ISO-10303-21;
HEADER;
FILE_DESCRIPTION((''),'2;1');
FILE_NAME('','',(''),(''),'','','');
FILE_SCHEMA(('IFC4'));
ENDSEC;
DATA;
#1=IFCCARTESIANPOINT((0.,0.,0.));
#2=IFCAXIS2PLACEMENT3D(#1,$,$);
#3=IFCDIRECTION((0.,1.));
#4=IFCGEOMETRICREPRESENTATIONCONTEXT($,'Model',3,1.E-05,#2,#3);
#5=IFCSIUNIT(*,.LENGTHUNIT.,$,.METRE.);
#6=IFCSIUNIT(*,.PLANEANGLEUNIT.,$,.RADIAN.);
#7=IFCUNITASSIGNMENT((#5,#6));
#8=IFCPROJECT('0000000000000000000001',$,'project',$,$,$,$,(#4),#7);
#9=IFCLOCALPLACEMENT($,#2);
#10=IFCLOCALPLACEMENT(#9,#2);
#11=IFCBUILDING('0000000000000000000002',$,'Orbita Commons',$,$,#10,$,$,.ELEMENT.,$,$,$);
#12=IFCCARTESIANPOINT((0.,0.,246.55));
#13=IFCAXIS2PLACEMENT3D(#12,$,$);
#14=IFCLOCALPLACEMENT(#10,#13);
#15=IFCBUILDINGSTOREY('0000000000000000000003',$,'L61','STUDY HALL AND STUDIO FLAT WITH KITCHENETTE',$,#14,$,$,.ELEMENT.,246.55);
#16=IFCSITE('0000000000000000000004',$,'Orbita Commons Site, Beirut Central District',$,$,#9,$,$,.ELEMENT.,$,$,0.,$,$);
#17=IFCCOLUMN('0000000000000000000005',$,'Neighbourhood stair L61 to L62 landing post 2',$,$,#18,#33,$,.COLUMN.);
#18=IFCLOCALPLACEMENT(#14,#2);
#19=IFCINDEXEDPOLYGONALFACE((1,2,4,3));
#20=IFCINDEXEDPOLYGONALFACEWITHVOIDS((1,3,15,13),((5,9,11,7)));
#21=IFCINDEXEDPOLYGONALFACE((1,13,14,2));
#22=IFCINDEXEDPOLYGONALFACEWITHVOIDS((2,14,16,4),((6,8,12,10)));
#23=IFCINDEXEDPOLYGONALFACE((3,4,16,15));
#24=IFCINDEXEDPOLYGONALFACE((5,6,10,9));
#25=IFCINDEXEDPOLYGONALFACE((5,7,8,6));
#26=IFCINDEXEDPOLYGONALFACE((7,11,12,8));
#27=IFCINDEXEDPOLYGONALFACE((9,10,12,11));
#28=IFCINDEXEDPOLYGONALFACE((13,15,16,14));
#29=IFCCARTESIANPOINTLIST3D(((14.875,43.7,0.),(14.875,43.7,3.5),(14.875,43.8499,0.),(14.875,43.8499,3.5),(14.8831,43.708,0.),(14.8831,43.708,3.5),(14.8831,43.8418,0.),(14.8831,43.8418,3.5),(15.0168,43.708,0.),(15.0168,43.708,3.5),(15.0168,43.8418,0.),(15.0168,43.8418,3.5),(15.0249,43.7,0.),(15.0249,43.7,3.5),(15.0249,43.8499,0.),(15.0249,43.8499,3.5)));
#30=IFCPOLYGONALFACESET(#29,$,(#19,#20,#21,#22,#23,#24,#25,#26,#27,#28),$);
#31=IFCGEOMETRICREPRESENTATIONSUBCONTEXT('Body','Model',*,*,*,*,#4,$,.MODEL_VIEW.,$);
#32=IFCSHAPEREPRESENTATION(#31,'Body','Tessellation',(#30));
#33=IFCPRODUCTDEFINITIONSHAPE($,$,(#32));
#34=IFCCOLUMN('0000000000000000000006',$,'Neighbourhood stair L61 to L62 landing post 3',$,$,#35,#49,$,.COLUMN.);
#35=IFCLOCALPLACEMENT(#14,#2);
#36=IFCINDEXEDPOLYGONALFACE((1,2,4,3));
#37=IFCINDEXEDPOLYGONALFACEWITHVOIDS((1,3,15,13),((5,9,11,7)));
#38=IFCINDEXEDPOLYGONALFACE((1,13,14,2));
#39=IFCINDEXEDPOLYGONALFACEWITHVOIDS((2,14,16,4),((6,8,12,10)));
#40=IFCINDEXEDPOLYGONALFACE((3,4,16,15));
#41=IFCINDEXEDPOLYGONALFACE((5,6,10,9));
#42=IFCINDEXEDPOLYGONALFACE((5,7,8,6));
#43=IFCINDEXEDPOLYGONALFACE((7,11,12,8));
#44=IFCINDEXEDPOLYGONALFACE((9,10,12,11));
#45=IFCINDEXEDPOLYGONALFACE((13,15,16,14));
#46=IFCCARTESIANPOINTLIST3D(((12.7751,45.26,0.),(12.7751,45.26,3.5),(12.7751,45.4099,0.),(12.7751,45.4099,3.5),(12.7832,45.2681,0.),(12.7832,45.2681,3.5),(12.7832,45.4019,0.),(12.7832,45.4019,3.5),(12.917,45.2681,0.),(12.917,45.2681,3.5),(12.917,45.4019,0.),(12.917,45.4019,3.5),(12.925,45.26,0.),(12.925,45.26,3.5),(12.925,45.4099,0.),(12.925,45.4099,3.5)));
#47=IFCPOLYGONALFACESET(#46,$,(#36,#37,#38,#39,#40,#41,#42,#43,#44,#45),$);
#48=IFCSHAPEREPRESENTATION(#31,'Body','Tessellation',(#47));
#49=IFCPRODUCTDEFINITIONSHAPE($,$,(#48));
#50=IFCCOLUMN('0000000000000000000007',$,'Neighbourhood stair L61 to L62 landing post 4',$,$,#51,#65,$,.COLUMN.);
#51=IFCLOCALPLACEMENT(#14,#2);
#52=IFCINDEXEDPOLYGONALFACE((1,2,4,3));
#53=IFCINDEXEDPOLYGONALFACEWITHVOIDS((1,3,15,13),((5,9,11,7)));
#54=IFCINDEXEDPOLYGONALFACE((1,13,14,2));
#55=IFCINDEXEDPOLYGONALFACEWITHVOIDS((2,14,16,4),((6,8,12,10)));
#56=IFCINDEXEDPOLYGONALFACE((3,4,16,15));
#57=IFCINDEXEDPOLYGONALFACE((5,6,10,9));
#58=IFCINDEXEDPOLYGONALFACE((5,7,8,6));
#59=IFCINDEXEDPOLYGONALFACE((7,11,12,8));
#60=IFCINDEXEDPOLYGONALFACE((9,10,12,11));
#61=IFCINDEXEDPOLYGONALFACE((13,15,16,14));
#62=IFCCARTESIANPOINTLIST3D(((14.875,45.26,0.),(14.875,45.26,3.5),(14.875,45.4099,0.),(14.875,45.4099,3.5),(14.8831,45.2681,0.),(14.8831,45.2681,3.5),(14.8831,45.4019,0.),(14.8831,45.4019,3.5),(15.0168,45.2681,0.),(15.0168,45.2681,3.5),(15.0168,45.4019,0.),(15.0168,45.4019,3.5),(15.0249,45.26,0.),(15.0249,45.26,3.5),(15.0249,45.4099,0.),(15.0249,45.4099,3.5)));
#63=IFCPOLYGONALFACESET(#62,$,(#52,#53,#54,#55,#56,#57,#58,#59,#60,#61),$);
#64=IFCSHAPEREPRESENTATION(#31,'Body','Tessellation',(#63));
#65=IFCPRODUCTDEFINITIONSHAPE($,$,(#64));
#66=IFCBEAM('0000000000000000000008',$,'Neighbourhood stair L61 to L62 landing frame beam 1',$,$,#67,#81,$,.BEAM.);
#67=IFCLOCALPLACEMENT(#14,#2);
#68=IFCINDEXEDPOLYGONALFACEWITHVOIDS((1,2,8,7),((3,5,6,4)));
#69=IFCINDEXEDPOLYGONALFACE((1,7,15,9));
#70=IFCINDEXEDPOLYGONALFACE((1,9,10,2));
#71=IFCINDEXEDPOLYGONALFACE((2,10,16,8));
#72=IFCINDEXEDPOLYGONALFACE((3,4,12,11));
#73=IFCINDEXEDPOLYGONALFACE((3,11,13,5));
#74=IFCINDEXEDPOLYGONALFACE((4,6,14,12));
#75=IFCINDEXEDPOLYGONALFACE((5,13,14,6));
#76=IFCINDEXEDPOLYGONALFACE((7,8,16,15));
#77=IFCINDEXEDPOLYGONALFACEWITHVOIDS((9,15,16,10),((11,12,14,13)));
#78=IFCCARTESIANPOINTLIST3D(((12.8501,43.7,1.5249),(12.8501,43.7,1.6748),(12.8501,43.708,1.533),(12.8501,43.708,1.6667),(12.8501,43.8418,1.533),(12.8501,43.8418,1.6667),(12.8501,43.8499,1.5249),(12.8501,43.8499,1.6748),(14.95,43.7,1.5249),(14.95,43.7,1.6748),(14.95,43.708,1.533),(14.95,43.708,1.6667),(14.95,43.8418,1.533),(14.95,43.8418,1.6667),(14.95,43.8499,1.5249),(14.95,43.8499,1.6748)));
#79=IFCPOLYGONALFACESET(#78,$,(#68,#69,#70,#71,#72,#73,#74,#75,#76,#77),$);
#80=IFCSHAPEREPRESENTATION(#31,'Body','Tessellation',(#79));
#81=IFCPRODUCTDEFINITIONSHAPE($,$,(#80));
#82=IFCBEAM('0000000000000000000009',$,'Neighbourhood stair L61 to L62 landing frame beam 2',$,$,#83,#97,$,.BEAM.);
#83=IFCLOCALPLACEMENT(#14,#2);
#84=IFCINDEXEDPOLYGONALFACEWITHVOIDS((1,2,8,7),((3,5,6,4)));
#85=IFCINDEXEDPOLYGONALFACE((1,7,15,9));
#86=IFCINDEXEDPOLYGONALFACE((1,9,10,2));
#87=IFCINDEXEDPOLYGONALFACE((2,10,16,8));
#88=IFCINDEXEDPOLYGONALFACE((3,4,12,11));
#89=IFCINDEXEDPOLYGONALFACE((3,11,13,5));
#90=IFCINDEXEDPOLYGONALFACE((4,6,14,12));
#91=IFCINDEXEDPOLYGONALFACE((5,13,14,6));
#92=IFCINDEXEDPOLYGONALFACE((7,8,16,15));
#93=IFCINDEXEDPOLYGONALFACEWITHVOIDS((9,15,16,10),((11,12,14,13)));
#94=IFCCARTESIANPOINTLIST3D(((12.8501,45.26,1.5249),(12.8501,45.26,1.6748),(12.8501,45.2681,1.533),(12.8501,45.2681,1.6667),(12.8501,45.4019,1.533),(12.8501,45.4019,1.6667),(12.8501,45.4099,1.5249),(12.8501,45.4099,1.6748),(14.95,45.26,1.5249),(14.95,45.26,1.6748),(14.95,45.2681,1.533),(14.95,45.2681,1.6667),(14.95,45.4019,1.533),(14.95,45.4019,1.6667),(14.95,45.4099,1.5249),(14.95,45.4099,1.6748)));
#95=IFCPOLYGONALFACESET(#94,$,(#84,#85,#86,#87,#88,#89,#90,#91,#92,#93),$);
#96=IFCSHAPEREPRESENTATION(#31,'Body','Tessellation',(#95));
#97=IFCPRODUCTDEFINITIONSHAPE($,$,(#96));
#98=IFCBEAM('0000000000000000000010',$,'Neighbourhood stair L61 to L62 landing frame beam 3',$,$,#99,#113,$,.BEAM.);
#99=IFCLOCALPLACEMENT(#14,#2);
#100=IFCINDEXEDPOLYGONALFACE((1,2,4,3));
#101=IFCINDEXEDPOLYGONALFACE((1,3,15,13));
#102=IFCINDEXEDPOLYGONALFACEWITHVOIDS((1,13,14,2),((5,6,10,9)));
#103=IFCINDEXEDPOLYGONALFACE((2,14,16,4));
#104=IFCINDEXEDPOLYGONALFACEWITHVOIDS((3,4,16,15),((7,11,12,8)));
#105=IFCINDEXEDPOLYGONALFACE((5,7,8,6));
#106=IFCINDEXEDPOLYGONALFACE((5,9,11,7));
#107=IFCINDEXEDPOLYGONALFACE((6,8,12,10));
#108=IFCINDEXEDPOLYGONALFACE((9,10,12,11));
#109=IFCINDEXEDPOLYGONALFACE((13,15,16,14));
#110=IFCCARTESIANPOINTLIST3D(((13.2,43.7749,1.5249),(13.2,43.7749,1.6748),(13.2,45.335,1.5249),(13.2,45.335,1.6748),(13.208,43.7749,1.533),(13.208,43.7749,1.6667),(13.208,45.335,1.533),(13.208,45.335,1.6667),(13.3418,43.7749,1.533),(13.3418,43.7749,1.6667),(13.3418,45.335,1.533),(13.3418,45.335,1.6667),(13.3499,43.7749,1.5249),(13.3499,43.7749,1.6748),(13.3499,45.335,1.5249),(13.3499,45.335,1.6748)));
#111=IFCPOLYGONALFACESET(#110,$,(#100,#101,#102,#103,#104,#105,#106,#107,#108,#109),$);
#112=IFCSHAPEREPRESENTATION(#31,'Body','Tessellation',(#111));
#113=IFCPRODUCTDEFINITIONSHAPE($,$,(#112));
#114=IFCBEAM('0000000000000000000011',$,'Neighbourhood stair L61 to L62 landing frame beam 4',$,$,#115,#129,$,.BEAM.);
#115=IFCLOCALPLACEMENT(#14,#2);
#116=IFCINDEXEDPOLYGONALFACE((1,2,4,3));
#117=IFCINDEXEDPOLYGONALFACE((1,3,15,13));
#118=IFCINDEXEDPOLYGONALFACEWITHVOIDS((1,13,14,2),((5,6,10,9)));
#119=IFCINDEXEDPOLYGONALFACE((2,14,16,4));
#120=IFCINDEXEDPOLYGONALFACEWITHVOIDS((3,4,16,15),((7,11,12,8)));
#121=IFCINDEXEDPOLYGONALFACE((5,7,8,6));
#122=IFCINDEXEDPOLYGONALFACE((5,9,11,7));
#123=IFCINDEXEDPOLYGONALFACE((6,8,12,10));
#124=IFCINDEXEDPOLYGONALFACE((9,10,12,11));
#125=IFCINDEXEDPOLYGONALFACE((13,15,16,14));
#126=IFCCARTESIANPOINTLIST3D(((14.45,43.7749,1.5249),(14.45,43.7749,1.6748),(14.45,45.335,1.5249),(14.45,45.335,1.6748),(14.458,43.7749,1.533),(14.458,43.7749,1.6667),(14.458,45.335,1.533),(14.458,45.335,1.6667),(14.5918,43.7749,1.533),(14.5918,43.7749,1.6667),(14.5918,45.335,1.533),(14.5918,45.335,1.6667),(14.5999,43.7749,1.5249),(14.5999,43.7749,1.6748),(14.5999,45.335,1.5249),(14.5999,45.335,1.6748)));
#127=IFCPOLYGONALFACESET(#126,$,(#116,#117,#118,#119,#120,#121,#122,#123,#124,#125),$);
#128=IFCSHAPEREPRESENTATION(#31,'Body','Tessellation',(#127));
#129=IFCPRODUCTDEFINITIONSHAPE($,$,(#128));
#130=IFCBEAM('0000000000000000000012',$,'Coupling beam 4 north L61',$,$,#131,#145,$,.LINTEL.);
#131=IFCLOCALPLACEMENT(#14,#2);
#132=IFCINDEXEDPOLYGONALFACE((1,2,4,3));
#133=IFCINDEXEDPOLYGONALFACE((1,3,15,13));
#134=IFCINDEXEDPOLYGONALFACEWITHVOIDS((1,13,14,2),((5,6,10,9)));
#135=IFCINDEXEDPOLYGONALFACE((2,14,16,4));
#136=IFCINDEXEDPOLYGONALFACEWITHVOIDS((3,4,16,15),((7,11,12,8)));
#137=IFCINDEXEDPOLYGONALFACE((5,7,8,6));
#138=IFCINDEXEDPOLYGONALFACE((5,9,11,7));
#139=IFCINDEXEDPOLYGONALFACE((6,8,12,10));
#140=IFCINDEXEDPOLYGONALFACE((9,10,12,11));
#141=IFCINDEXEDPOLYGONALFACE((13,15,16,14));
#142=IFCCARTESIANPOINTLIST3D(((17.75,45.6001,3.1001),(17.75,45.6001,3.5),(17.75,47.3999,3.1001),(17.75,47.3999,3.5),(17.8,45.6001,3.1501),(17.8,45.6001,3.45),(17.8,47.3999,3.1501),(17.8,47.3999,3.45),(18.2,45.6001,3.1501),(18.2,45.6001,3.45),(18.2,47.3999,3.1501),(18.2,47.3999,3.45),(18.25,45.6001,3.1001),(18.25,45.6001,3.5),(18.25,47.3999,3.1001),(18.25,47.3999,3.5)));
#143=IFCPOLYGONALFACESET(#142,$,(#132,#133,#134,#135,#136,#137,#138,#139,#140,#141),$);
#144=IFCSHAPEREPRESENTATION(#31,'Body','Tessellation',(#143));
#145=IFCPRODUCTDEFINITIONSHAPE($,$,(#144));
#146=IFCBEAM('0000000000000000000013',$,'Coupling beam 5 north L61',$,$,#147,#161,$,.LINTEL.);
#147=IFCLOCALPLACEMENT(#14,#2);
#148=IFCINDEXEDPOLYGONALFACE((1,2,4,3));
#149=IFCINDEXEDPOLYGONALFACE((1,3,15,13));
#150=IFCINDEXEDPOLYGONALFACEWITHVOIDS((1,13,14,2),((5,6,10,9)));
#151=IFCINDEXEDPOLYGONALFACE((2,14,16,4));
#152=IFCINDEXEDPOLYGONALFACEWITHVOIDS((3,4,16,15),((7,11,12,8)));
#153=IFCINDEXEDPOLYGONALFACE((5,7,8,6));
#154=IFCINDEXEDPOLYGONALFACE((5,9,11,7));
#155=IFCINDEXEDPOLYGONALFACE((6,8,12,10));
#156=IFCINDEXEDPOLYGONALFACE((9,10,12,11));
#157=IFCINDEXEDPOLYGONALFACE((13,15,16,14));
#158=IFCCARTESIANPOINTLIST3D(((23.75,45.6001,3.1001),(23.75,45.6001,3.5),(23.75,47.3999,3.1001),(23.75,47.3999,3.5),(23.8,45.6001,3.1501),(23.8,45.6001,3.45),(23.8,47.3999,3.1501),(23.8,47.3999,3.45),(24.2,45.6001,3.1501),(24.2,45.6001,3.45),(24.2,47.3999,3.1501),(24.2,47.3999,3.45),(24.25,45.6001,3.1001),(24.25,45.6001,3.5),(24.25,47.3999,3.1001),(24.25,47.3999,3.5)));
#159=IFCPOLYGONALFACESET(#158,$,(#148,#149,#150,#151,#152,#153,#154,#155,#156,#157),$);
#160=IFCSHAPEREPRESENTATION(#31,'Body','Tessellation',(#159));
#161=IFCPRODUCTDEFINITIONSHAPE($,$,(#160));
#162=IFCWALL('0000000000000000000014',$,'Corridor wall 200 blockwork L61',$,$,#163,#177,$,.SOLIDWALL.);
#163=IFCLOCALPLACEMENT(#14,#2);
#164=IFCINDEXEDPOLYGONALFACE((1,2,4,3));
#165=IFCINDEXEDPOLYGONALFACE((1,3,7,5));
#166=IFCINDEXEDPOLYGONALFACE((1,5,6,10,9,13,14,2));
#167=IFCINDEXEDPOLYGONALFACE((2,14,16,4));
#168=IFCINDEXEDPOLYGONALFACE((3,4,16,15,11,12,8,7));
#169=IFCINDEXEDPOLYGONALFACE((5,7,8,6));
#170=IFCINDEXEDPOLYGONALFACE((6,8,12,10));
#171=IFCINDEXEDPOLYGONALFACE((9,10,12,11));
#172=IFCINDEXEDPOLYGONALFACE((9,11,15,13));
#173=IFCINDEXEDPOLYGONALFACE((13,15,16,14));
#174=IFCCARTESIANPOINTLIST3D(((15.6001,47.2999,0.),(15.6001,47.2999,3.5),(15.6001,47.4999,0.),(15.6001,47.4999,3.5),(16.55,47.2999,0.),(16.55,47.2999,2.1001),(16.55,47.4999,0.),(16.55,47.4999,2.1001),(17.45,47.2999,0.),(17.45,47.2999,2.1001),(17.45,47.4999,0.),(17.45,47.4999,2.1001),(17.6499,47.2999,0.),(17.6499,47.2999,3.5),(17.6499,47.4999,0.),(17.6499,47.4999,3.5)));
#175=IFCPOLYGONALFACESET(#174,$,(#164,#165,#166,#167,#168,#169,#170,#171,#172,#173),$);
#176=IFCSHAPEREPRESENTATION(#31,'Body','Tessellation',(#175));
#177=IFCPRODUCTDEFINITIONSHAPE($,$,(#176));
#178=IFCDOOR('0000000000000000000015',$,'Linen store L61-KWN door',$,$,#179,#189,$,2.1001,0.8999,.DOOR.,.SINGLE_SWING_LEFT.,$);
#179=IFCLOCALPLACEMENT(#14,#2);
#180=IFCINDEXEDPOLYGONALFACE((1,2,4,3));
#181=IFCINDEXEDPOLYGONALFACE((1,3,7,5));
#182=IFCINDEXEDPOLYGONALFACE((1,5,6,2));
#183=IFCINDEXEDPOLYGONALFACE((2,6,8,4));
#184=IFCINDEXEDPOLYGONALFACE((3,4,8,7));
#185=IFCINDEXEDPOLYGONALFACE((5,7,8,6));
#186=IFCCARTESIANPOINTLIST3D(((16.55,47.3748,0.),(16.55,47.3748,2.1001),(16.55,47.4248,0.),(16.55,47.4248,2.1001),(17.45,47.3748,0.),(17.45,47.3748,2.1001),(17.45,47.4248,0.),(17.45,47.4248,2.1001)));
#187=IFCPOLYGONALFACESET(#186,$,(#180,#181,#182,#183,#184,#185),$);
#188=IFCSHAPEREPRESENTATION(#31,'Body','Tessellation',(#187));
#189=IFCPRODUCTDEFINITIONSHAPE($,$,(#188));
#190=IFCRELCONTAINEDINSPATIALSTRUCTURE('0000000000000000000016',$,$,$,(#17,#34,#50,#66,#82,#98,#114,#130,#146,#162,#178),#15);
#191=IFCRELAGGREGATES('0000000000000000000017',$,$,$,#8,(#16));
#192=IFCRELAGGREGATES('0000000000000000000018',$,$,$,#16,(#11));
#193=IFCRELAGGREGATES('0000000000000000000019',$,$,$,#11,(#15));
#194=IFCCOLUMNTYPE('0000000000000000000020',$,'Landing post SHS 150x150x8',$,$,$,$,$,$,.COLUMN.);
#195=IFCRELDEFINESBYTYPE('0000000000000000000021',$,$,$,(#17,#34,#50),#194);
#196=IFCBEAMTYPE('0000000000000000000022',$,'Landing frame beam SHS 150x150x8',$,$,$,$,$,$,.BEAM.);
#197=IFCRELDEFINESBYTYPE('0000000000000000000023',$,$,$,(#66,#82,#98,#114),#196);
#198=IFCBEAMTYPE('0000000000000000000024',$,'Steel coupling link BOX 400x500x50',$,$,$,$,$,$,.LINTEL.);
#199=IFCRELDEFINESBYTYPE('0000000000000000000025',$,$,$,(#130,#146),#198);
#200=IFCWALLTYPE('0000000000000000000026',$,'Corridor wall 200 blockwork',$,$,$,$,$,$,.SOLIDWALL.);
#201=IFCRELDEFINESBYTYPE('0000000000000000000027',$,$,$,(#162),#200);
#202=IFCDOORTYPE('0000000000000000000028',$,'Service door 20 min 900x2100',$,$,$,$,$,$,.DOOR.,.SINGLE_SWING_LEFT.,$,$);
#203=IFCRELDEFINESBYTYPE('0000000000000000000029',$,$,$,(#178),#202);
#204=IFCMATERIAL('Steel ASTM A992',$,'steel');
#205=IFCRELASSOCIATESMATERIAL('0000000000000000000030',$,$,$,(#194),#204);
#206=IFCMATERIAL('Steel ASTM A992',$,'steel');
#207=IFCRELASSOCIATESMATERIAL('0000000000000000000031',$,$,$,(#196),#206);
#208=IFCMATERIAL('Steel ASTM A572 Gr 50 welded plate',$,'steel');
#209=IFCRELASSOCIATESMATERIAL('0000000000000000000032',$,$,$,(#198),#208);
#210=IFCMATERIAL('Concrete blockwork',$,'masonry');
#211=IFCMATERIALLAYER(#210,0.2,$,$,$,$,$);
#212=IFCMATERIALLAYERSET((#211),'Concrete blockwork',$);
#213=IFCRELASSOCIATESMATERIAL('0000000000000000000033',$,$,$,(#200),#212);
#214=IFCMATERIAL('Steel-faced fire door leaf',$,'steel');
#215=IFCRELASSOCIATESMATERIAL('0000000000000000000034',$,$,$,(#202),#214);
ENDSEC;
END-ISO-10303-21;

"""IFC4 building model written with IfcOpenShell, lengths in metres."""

from ifc_helpers import new_model, si_unit, direction, frame, frame_2d, origin, origin_2d, place, context, subcontext, project, spatial, rectangle, hollow_rectangle, extrude, material, layer, layer_set, material_profile, profile_set, type_object, element, fill, save


model = new_model("IFC4")

# Units and contexts
model_context = context("Model", 3, precision=1e-05, world=origin(), true_north=direction((0.0, 1.0)))
body_context = subcontext(model_context, "Body", "Model", "MODEL_VIEW")
ifc_project = project(units=[si_unit("LENGTHUNIT", "METRE"), si_unit("PLANEANGLEUNIT", "RADIAN")], contexts=[model_context])

# Site, building, storey
site_placement = place(None, origin())
site = spatial("IfcSite", under=ifc_project, at=site_placement, Name="Orbita Commons Site, Beirut Central District", CompositionType="ELEMENT", RefElevation=0.0)
building_placement = place(site_placement, origin())
building = spatial("IfcBuilding", under=site, at=building_placement, Name="Orbita Commons", CompositionType="ELEMENT")
storey_placement = place(building_placement, frame((0.0, 0.0, 246.55)))
storey = spatial("IfcBuildingStorey", under=building, at=storey_placement, Name="L61", Description="STUDY HALL AND STUDIO FLAT WITH KITCHENETTE", CompositionType="ELEMENT", Elevation=246.55)

# Columns
ifc_material_1 = material(Name="Steel ASTM A992", Category="steel")
ifc_material_profile_1 = material_profile(ifc_material_1, hollow_rectangle(XDim=0.1499, YDim=0.1499, WallThickness=0.0081, at=origin_2d()), Name="SHS 150x150x8")
ifc_profile_set_1 = profile_set([ifc_material_profile_1], Name="Steel ASTM A992")
column_type = type_object("IfcColumnType", Name="Landing post SHS 150x150x8", PredefinedType="COLUMN", material=ifc_profile_set_1)
for number, where, z_axis, x_axis, name in (
    (1, (14.95, 43.7749, 0.0), (0.0, 0.0, 1.0), (1.0, 0.0, 0.0), "Neighbourhood stair L61 to L62 landing post 2"),
    (2, (12.8501, 45.335, 0.0), (0.0, 0.0, 1.0), (1.0, 0.0, 0.0), "Neighbourhood stair L61 to L62 landing post 3"),
    (3, (14.95, 45.335, 0.0), (0.0, 0.0, 1.0), (1.0, 0.0, 0.0), "Neighbourhood stair L61 to L62 landing post 4"),
):
    element("IfcColumn", number, at=place(storey_placement, frame(where, z_axis=z_axis, x_axis=x_axis)), inside=storey, type_object=column_type, Name=name, PredefinedType="COLUMN", context=body_context, shape_type="SweptSolid", body=[
        extrude(hollow_rectangle(XDim=0.1499, YDim=0.1499, WallThickness=0.0081, at=origin_2d()), origin(), (0.0, 0.0, 1.0), 3.5),
    ])

# Beams
ifc_material_2 = material(Name="Steel ASTM A992", Category="steel")
ifc_material_profile_2 = material_profile(ifc_material_2, hollow_rectangle(XDim=0.1499, YDim=0.1499, WallThickness=0.0081, at=origin_2d()), Name="SHS 150x150x8")
ifc_profile_set_2 = profile_set([ifc_material_profile_2], Name="Steel ASTM A992")
beam_type_1 = type_object("IfcBeamType", Name="Landing frame beam SHS 150x150x8", PredefinedType="BEAM", material=ifc_profile_set_2)
for number, where, z_axis, x_axis, name in (
    (4, (12.8501, 43.7749, 1.5999), (1.0, 0.0, 0.0), (0.0, 1.0, 0.0), "Neighbourhood stair L61 to L62 landing frame beam 1"),
    (5, (12.8501, 45.335, 1.5999), (1.0, 0.0, 0.0), (0.0, 1.0, 0.0), "Neighbourhood stair L61 to L62 landing frame beam 2"),
):
    element("IfcBeam", number, at=place(storey_placement, frame(where, z_axis=z_axis, x_axis=x_axis)), inside=storey, type_object=beam_type_1, Name=name, PredefinedType="BEAM", context=body_context, shape_type="SweptSolid", body=[
        extrude(hollow_rectangle(XDim=0.1499, YDim=0.1499, WallThickness=0.0081, at=origin_2d()), origin(), (0.0, 0.0, 1.0), 2.0999),
    ])
for number, where, z_axis, x_axis, name in (
    (6, (13.2749, 43.7749, 1.5999), (0.0, 1.0, 0.0), (-1.0, 0.0, 0.0), "Neighbourhood stair L61 to L62 landing frame beam 3"),
    (7, (14.5249, 43.7749, 1.5999), (0.0, 1.0, 0.0), (-1.0, 0.0, 0.0), "Neighbourhood stair L61 to L62 landing frame beam 4"),
):
    element("IfcBeam", number, at=place(storey_placement, frame(where, z_axis=z_axis, x_axis=x_axis)), inside=storey, type_object=beam_type_1, Name=name, PredefinedType="BEAM", context=body_context, shape_type="SweptSolid", body=[
        extrude(hollow_rectangle(XDim=0.1499, YDim=0.1499, WallThickness=0.0081, at=origin_2d()), origin(), (0.0, 0.0, 1.0), 1.5601),
    ])
ifc_material_3 = material(Name="Steel ASTM A572 Gr 50 welded plate", Category="steel")
ifc_material_profile_3 = material_profile(ifc_material_3, hollow_rectangle(XDim=0.5, YDim=0.3999, WallThickness=0.05, at=origin_2d()), Name="BOX 400x500x50")
ifc_profile_set_3 = profile_set([ifc_material_profile_3], Name="Steel ASTM A572 Gr 50 welded plate")
beam_type_2 = type_object("IfcBeamType", Name="Steel coupling link BOX 400x500x50", PredefinedType="LINTEL", material=ifc_profile_set_3)
for number, where, z_axis, x_axis, name in (
    (8, (18.0, 45.6001, 3.3), (0.0, 1.0, 0.0), (-1.0, 0.0, 0.0), "Coupling beam 4 north L61"),
    (9, (24.0, 45.6001, 3.3), (0.0, 1.0, 0.0), (-1.0, 0.0, 0.0), "Coupling beam 5 north L61"),
):
    element("IfcBeam", number, at=place(storey_placement, frame(where, z_axis=z_axis, x_axis=x_axis)), inside=storey, type_object=beam_type_2, Name=name, PredefinedType="LINTEL", context=body_context, shape_type="SweptSolid", body=[
        extrude(hollow_rectangle(XDim=0.5, YDim=0.3999, WallThickness=0.05, at=origin_2d()), origin(), (0.0, 0.0, 1.0), 1.7998),
    ])

# Wall, opening, door
ifc_material_4 = material(Name="Concrete blockwork", Category="masonry")
ifc_layer_1 = layer(ifc_material_4, 0.2)
ifc_layer_set_1 = layer_set([ifc_layer_1], Name="Concrete blockwork")
wall_type_1 = type_object("IfcWallType", Name="Corridor wall 200 blockwork", PredefinedType="SOLIDWALL", material=ifc_layer_set_1)
wall_1_placement = place(storey_placement, frame((15.6001, 47.3999, 0.0), z_axis=(0.0, 0.0, 1.0), x_axis=(1.0, 0.0, 0.0)))
wall_1 = element("IfcWall", 10, at=wall_1_placement, inside=storey, type_object=wall_type_1, Name="Corridor wall 200 blockwork L61", PredefinedType="SOLIDWALL", context=body_context, shape_type="SweptSolid", body=[
    extrude(rectangle(XDim=2.0498, YDim=0.2, at=frame_2d((1.0249, 0.0))), origin(), (0.0, 0.0, 1.0), 3.5),
])
opening_1_placement = place(wall_1_placement, frame((0.95, 0.0, 0.0)))
opening_1 = element("IfcOpeningElement", 11, at=opening_1_placement, cuts=wall_1, PredefinedType="OPENING", context=body_context, shape_type="SweptSolid", body=[
    extrude(rectangle(XDim=0.8999, YDim=2.1001, at=frame_2d((0.45, 1.05))), frame((0.0, 0.1099, 0.0), z_axis=(0.0, -1.0, 0.0), x_axis=(1.0, 0.0, 0.0)), (0.0, 0.0, 1.0), 0.22),
])
ifc_material_5 = material(Name="Steel-faced fire door leaf", Category="steel")
door_type_1 = type_object("IfcDoorType", Name="Service door 20 min 900x2100", OperationType="SINGLE_SWING_LEFT", PredefinedType="DOOR", material=ifc_material_5)
door_1_placement = place(opening_1_placement, origin())
door_1 = element("IfcDoor", 12, at=door_1_placement, inside=storey, type_object=door_type_1, Name="Linen store L61-KWN door", OperationType="SINGLE_SWING_LEFT", OverallHeight=2.1001, OverallWidth=0.8999, PredefinedType="DOOR", context=body_context, shape_type="SweptSolid", body=[
    extrude(rectangle(XDim=0.8999, YDim=2.1001, at=frame_2d((0.45, 1.05))), frame((0.0, 0.0249, 0.0), z_axis=(0.0, -1.0, 0.0), x_axis=(1.0, 0.0, 0.0)), (0.0, 0.0, 1.0), 0.05),
])
fill(opening_1, door_1)

save(model, "model.ifc")
